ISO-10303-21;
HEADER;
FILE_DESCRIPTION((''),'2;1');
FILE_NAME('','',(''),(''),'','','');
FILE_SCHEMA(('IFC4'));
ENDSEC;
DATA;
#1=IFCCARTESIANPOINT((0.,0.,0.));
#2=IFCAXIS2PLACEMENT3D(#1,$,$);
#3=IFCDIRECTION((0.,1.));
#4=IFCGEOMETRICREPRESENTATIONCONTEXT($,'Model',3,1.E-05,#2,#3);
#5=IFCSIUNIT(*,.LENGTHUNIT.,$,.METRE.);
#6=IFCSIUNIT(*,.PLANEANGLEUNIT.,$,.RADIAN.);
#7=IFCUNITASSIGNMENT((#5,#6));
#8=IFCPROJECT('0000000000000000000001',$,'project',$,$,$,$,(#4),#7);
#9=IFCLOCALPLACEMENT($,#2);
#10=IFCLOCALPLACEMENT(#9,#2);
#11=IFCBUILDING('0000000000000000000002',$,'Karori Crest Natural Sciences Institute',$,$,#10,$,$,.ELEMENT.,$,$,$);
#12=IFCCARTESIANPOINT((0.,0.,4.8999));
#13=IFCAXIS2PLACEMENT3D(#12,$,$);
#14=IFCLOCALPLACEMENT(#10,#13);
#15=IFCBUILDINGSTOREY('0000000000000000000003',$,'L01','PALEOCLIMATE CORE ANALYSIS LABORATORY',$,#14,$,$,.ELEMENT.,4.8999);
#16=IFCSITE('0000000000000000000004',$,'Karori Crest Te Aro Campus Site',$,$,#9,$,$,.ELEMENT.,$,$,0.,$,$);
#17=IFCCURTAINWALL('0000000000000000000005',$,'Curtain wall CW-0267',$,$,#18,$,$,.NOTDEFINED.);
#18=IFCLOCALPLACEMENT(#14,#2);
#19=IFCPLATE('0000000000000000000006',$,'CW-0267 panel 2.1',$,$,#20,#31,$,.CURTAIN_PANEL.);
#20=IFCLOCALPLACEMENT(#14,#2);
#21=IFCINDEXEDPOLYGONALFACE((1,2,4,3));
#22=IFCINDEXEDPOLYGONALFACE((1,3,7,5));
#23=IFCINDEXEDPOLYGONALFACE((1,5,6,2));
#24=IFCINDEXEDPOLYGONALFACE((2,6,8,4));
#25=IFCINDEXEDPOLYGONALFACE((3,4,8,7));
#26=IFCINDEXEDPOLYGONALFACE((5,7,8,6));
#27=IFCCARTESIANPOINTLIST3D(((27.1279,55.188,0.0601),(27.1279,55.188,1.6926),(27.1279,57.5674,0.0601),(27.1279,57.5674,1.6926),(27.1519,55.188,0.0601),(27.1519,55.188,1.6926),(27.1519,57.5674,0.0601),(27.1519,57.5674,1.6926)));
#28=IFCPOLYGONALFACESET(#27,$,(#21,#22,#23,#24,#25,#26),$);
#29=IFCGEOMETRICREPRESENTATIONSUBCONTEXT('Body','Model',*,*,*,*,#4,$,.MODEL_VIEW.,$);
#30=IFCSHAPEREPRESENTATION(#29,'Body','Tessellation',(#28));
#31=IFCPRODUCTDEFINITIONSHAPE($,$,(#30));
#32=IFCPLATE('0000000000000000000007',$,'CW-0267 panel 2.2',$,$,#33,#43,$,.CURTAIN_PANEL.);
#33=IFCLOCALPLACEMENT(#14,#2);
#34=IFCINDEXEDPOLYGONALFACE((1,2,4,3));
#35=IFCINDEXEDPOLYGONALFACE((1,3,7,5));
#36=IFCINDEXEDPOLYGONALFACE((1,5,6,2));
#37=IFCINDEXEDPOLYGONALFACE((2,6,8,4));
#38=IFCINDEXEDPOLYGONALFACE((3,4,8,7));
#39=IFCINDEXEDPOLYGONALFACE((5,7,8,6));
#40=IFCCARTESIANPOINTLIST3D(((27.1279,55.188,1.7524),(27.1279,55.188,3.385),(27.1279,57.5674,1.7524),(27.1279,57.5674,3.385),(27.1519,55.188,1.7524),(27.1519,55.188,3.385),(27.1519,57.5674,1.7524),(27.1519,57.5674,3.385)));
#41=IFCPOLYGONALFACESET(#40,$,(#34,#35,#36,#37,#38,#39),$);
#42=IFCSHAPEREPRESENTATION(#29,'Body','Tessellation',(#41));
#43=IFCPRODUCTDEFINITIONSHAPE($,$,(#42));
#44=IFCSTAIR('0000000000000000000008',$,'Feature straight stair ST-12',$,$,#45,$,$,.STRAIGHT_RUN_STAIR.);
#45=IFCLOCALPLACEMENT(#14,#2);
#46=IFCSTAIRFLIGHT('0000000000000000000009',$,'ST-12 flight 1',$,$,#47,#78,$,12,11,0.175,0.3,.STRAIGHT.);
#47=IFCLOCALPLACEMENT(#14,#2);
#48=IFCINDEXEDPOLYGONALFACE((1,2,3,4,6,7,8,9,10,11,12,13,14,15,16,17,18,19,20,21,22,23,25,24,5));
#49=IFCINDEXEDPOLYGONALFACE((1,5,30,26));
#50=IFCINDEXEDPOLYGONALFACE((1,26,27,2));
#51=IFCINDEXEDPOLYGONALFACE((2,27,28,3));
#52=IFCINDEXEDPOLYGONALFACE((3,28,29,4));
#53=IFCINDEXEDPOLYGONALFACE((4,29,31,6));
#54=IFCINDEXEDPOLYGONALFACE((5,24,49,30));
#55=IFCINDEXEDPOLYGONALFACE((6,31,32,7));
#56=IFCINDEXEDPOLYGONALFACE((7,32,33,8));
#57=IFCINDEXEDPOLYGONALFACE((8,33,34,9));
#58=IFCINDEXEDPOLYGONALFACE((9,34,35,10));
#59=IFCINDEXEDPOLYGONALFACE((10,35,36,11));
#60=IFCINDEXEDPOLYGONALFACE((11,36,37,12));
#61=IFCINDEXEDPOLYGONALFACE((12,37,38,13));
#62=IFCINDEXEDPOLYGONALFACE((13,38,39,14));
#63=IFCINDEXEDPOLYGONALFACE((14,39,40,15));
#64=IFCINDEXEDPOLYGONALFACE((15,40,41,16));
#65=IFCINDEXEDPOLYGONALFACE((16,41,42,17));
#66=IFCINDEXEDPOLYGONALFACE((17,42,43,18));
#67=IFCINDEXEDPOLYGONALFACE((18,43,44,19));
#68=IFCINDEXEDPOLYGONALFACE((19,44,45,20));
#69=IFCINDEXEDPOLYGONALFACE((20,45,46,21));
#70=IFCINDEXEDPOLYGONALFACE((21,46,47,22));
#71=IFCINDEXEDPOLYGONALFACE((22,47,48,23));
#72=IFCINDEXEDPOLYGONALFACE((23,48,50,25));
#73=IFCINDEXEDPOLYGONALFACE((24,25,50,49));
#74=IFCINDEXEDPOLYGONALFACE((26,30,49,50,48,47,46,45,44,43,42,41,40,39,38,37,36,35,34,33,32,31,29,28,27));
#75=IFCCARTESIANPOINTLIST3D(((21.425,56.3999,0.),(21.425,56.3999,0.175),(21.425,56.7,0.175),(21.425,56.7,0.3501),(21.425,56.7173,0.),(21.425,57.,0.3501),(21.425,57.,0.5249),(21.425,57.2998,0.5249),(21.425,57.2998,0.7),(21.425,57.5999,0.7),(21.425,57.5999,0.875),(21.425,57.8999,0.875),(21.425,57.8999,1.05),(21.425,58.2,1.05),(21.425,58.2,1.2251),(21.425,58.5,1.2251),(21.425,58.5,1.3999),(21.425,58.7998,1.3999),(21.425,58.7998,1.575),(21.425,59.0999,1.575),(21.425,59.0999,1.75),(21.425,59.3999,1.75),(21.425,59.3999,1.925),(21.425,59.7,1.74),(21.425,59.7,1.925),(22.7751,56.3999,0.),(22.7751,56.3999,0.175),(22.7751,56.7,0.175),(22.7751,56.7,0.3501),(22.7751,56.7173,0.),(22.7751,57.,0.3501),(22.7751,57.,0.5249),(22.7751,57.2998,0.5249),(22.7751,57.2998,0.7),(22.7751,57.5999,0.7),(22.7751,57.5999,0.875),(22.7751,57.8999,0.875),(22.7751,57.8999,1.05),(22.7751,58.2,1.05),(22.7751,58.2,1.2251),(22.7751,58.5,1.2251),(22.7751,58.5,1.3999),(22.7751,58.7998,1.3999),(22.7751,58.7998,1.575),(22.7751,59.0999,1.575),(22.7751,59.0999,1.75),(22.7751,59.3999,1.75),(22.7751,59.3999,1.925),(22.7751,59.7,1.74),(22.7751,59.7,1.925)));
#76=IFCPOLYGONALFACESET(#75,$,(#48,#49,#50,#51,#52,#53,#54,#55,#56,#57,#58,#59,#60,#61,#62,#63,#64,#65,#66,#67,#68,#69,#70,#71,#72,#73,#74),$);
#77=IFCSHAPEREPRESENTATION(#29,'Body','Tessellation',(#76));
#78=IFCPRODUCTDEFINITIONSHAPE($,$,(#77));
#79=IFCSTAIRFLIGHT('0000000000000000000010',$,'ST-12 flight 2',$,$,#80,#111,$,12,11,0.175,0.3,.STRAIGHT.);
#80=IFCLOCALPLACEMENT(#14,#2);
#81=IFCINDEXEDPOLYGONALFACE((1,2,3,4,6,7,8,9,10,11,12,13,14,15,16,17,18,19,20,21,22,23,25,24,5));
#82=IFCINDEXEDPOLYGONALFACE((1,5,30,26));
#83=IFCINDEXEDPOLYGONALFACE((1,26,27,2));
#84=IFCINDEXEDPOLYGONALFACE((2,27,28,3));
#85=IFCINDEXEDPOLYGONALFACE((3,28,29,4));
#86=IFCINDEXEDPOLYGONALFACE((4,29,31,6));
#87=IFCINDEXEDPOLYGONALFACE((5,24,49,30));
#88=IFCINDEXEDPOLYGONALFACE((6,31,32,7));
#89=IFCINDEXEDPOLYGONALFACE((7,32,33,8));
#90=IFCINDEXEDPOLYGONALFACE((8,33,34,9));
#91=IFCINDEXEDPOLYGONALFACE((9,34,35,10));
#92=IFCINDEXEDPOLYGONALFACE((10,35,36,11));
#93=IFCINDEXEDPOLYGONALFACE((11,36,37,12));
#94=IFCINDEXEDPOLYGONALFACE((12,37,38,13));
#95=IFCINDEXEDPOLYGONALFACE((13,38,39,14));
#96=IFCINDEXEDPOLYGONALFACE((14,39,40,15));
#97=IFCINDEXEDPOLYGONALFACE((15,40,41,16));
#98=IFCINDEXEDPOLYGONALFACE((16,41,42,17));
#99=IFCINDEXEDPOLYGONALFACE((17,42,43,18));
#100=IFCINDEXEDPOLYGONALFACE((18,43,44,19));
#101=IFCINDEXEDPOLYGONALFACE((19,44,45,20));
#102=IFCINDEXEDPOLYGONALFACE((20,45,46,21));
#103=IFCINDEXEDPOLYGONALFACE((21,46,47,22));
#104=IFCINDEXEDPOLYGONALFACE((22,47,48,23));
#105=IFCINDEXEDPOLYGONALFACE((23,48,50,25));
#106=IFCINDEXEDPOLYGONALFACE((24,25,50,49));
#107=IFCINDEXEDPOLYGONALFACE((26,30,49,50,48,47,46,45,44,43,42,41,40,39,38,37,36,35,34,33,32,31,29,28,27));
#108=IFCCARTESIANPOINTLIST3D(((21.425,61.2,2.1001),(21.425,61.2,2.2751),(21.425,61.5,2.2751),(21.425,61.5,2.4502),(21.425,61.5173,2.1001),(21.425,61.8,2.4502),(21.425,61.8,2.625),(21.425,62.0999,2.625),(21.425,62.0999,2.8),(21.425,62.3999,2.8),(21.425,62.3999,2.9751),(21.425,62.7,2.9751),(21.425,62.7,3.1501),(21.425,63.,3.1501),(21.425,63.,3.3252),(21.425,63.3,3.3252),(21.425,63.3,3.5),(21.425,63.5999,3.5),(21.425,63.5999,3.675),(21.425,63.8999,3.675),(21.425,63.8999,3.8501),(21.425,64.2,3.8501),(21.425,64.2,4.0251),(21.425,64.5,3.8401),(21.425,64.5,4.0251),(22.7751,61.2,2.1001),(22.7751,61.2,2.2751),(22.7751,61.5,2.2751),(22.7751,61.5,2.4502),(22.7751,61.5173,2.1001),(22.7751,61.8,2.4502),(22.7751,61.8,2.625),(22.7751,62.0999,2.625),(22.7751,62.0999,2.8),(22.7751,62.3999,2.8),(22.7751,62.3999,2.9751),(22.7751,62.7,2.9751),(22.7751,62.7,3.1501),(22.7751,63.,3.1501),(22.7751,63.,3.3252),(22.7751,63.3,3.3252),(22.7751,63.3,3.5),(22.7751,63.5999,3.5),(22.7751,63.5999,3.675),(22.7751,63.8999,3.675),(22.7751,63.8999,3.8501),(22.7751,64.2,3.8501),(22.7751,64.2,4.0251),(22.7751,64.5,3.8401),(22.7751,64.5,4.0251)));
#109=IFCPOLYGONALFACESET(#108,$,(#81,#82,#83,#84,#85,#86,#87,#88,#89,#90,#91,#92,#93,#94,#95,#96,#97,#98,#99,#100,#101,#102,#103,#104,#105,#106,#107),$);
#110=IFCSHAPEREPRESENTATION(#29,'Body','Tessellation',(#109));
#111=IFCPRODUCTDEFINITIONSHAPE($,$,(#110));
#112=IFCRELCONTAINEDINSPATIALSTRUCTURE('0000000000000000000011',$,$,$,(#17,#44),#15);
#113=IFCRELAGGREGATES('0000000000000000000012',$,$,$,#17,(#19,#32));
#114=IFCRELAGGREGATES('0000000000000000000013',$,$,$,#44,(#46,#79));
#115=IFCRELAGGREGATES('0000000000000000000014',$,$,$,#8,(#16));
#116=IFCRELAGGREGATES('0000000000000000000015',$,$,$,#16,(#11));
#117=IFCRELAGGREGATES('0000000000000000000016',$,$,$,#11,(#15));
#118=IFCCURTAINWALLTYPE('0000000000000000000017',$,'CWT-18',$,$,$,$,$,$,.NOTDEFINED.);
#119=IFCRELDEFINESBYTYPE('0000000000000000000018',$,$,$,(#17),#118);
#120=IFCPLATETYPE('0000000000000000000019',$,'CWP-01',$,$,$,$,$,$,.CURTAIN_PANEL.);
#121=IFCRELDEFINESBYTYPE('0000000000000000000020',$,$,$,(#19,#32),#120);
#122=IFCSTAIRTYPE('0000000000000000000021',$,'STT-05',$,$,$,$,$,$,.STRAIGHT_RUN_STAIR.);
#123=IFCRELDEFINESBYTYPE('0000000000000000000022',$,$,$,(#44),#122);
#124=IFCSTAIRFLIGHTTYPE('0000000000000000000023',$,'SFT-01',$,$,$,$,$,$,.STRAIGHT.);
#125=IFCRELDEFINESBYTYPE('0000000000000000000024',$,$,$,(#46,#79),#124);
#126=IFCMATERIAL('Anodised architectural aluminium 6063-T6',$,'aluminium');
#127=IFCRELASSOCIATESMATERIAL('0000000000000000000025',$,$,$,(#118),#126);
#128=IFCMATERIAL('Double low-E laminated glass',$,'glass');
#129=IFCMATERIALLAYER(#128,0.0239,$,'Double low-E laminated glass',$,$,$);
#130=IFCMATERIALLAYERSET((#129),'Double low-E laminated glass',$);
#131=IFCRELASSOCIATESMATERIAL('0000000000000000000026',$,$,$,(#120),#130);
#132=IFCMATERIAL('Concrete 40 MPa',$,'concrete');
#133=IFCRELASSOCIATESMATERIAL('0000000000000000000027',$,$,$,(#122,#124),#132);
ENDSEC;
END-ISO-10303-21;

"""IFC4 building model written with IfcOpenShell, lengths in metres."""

from ifc_helpers import new_model, si_unit, direction, frame, origin, origin_2d, place, context, subcontext, project, spatial, polyline, rectangle, outline, extrude, material, layer, layer_set, type_object, element, aggregate, save


model = new_model("IFC4")

# Units and contexts
model_context = context("Model", 3, precision=1e-05, world=origin(), true_north=direction((0.0, 1.0)))
body_context = subcontext(model_context, "Body", "Model", "MODEL_VIEW")
ifc_project = project(units=[si_unit("LENGTHUNIT", "METRE"), si_unit("PLANEANGLEUNIT", "RADIAN")], contexts=[model_context])

# Site, building, storey
site_placement = place(None, origin())
site = spatial("IfcSite", under=ifc_project, at=site_placement, Name="Karori Crest Te Aro Campus Site", CompositionType="ELEMENT", RefElevation=0.0)
building_placement = place(site_placement, origin())
building = spatial("IfcBuilding", under=site, at=building_placement, Name="Karori Crest Natural Sciences Institute", CompositionType="ELEMENT")
storey_placement = place(building_placement, frame((0.0, 0.0, 4.8999)))
storey = spatial("IfcBuildingStorey", under=building, at=storey_placement, Name="L01", Description="PALEOCLIMATE CORE ANALYSIS LABORATORY", CompositionType="ELEMENT", Elevation=4.8999)

# Curtain wall, plates
ifc_material_1 = material(Name="Anodised architectural aluminium 6063-T6", Category="aluminium")
curtain_wall_type = type_object("IfcCurtainWallType", Name="CWT-18", PredefinedType="NOTDEFINED", material=ifc_material_1)
curtain_wall_placement = place(storey_placement, origin())
curtain_wall = element("IfcCurtainWall", 1, at=curtain_wall_placement, inside=storey, type_object=curtain_wall_type, Name="Curtain wall CW-0267", PredefinedType="NOTDEFINED")
ifc_material_2 = material(Name="Double low-E laminated glass", Category="glass")
ifc_layer = layer(ifc_material_2, 0.0239, Name="Double low-E laminated glass")
ifc_layer_set = layer_set([ifc_layer], Name="Double low-E laminated glass")
plate_type = type_object("IfcPlateType", Name="CWP-01", PredefinedType="CURTAIN_PANEL", material=ifc_layer_set)
plate_1_placement = place(storey_placement, frame((27.1399, 56.3777, 0.0601), z_axis=(0.0, 0.0, 1.0), x_axis=(0.0, -1.0, 0.0)))
plate_1 = element("IfcPlate", 2, at=plate_1_placement, type_object=plate_type, Name="CW-0267 panel 2.1", PredefinedType="CURTAIN_PANEL", context=body_context, shape_type="SweptSolid", body=[
    extrude(rectangle(XDim=2.3794, YDim=0.0239, at=origin_2d()), origin(), (0.0, 0.0, 1.0), 1.6326),
])
plate_2_placement = place(storey_placement, frame((27.1399, 56.3777, 1.7524), z_axis=(0.0, 0.0, 1.0), x_axis=(0.0, -1.0, 0.0)))
plate_2 = element("IfcPlate", 3, at=plate_2_placement, type_object=plate_type, Name="CW-0267 panel 2.2", PredefinedType="CURTAIN_PANEL", context=body_context, shape_type="SweptSolid", body=[
    extrude(rectangle(XDim=2.3794, YDim=0.0239, at=origin_2d()), origin(), (0.0, 0.0, 1.0), 1.6326),
])
aggregate(curtain_wall, [plate_1, plate_2])

# Stair, stair flights
ifc_material_3 = material(Name="Concrete 40 MPa", Category="concrete")
stair_type = type_object("IfcStairType", Name="STT-05", PredefinedType="STRAIGHT_RUN_STAIR", material=ifc_material_3)
stair_placement = place(storey_placement, origin())
stair = element("IfcStair", 4, at=stair_placement, inside=storey, type_object=stair_type, Name="Feature straight stair ST-12", PredefinedType="STRAIGHT_RUN_STAIR")
stair_flight_type = type_object("IfcStairFlightType", Name="SFT-01", PredefinedType="STRAIGHT", material=ifc_material_3)
stair_flight_1_placement = place(storey_placement, frame((22.1001, 56.3999, 0.0), z_axis=(0.0, 0.0, 1.0), x_axis=(0.0, 1.0, 0.0)))
stair_flight_1 = element("IfcStairFlight", 5, at=stair_flight_1_placement, type_object=stair_flight_type, Name="ST-12 flight 1", NumberOfRisers=12, NumberOfTreads=11, PredefinedType="STRAIGHT", RiserHeight=0.175, TreadLength=0.3, context=body_context, shape_type="SweptSolid", body=[
    extrude(outline(polyline([(0.0, 0.0), (0.0, 0.175), (0.3, 0.175), (0.3, 0.3501), (0.6001, 0.3501), (0.6001, 0.5249), (0.8999, 0.5249), (0.8999, 0.7), (1.2, 0.7), (1.2, 0.875), (1.5, 0.875), (1.5, 1.05), (1.8, 1.05), (1.8, 1.2251), (2.1001, 1.2251), (2.1001, 1.3999), (2.3999, 1.3999), (2.3999, 1.575), (2.7, 1.575), (2.7, 1.75), (3.0, 1.75), (3.0, 1.925), (3.3, 1.925), (3.3, 2.1001), (3.3, 1.74), (0.3174, 0.0), (0.0, 0.0)])), frame((0.0, 0.675, 0.0), z_axis=(0.0, -1.0, 0.0), x_axis=(1.0, 0.0, 0.0)), (0.0, 0.0, 1.0), 1.3501),
])
stair_flight_2_placement = place(storey_placement, frame((22.1001, 61.2, 2.1001), z_axis=(0.0, 0.0, 1.0), x_axis=(0.0, 1.0, 0.0)))
stair_flight_2 = element("IfcStairFlight", 6, at=stair_flight_2_placement, type_object=stair_flight_type, Name="ST-12 flight 2", NumberOfRisers=12, NumberOfTreads=11, PredefinedType="STRAIGHT", RiserHeight=0.175, TreadLength=0.3, context=body_context, shape_type="SweptSolid", body=[
    extrude(outline(polyline([(0.0, 0.0), (0.0, 0.175), (0.3, 0.175), (0.3, 0.3501), (0.6001, 0.3501), (0.6001, 0.5249), (0.8999, 0.5249), (0.8999, 0.7), (1.2, 0.7), (1.2, 0.875), (1.5, 0.875), (1.5, 1.05), (1.8, 1.05), (1.8, 1.2251), (2.1001, 1.2251), (2.1001, 1.3999), (2.3999, 1.3999), (2.3999, 1.575), (2.7, 1.575), (2.7, 1.75), (3.0, 1.75), (3.0, 1.925), (3.3, 1.925), (3.3, 2.1001), (3.3, 1.74), (0.3174, 0.0), (0.0, 0.0)])), frame((0.0, 0.675, 0.0), z_axis=(0.0, -1.0, 0.0), x_axis=(1.0, 0.0, 0.0)), (0.0, 0.0, 1.0), 1.3501),
])
aggregate(stair, [stair_flight_1, stair_flight_2])

save(model, "model.ifc")
